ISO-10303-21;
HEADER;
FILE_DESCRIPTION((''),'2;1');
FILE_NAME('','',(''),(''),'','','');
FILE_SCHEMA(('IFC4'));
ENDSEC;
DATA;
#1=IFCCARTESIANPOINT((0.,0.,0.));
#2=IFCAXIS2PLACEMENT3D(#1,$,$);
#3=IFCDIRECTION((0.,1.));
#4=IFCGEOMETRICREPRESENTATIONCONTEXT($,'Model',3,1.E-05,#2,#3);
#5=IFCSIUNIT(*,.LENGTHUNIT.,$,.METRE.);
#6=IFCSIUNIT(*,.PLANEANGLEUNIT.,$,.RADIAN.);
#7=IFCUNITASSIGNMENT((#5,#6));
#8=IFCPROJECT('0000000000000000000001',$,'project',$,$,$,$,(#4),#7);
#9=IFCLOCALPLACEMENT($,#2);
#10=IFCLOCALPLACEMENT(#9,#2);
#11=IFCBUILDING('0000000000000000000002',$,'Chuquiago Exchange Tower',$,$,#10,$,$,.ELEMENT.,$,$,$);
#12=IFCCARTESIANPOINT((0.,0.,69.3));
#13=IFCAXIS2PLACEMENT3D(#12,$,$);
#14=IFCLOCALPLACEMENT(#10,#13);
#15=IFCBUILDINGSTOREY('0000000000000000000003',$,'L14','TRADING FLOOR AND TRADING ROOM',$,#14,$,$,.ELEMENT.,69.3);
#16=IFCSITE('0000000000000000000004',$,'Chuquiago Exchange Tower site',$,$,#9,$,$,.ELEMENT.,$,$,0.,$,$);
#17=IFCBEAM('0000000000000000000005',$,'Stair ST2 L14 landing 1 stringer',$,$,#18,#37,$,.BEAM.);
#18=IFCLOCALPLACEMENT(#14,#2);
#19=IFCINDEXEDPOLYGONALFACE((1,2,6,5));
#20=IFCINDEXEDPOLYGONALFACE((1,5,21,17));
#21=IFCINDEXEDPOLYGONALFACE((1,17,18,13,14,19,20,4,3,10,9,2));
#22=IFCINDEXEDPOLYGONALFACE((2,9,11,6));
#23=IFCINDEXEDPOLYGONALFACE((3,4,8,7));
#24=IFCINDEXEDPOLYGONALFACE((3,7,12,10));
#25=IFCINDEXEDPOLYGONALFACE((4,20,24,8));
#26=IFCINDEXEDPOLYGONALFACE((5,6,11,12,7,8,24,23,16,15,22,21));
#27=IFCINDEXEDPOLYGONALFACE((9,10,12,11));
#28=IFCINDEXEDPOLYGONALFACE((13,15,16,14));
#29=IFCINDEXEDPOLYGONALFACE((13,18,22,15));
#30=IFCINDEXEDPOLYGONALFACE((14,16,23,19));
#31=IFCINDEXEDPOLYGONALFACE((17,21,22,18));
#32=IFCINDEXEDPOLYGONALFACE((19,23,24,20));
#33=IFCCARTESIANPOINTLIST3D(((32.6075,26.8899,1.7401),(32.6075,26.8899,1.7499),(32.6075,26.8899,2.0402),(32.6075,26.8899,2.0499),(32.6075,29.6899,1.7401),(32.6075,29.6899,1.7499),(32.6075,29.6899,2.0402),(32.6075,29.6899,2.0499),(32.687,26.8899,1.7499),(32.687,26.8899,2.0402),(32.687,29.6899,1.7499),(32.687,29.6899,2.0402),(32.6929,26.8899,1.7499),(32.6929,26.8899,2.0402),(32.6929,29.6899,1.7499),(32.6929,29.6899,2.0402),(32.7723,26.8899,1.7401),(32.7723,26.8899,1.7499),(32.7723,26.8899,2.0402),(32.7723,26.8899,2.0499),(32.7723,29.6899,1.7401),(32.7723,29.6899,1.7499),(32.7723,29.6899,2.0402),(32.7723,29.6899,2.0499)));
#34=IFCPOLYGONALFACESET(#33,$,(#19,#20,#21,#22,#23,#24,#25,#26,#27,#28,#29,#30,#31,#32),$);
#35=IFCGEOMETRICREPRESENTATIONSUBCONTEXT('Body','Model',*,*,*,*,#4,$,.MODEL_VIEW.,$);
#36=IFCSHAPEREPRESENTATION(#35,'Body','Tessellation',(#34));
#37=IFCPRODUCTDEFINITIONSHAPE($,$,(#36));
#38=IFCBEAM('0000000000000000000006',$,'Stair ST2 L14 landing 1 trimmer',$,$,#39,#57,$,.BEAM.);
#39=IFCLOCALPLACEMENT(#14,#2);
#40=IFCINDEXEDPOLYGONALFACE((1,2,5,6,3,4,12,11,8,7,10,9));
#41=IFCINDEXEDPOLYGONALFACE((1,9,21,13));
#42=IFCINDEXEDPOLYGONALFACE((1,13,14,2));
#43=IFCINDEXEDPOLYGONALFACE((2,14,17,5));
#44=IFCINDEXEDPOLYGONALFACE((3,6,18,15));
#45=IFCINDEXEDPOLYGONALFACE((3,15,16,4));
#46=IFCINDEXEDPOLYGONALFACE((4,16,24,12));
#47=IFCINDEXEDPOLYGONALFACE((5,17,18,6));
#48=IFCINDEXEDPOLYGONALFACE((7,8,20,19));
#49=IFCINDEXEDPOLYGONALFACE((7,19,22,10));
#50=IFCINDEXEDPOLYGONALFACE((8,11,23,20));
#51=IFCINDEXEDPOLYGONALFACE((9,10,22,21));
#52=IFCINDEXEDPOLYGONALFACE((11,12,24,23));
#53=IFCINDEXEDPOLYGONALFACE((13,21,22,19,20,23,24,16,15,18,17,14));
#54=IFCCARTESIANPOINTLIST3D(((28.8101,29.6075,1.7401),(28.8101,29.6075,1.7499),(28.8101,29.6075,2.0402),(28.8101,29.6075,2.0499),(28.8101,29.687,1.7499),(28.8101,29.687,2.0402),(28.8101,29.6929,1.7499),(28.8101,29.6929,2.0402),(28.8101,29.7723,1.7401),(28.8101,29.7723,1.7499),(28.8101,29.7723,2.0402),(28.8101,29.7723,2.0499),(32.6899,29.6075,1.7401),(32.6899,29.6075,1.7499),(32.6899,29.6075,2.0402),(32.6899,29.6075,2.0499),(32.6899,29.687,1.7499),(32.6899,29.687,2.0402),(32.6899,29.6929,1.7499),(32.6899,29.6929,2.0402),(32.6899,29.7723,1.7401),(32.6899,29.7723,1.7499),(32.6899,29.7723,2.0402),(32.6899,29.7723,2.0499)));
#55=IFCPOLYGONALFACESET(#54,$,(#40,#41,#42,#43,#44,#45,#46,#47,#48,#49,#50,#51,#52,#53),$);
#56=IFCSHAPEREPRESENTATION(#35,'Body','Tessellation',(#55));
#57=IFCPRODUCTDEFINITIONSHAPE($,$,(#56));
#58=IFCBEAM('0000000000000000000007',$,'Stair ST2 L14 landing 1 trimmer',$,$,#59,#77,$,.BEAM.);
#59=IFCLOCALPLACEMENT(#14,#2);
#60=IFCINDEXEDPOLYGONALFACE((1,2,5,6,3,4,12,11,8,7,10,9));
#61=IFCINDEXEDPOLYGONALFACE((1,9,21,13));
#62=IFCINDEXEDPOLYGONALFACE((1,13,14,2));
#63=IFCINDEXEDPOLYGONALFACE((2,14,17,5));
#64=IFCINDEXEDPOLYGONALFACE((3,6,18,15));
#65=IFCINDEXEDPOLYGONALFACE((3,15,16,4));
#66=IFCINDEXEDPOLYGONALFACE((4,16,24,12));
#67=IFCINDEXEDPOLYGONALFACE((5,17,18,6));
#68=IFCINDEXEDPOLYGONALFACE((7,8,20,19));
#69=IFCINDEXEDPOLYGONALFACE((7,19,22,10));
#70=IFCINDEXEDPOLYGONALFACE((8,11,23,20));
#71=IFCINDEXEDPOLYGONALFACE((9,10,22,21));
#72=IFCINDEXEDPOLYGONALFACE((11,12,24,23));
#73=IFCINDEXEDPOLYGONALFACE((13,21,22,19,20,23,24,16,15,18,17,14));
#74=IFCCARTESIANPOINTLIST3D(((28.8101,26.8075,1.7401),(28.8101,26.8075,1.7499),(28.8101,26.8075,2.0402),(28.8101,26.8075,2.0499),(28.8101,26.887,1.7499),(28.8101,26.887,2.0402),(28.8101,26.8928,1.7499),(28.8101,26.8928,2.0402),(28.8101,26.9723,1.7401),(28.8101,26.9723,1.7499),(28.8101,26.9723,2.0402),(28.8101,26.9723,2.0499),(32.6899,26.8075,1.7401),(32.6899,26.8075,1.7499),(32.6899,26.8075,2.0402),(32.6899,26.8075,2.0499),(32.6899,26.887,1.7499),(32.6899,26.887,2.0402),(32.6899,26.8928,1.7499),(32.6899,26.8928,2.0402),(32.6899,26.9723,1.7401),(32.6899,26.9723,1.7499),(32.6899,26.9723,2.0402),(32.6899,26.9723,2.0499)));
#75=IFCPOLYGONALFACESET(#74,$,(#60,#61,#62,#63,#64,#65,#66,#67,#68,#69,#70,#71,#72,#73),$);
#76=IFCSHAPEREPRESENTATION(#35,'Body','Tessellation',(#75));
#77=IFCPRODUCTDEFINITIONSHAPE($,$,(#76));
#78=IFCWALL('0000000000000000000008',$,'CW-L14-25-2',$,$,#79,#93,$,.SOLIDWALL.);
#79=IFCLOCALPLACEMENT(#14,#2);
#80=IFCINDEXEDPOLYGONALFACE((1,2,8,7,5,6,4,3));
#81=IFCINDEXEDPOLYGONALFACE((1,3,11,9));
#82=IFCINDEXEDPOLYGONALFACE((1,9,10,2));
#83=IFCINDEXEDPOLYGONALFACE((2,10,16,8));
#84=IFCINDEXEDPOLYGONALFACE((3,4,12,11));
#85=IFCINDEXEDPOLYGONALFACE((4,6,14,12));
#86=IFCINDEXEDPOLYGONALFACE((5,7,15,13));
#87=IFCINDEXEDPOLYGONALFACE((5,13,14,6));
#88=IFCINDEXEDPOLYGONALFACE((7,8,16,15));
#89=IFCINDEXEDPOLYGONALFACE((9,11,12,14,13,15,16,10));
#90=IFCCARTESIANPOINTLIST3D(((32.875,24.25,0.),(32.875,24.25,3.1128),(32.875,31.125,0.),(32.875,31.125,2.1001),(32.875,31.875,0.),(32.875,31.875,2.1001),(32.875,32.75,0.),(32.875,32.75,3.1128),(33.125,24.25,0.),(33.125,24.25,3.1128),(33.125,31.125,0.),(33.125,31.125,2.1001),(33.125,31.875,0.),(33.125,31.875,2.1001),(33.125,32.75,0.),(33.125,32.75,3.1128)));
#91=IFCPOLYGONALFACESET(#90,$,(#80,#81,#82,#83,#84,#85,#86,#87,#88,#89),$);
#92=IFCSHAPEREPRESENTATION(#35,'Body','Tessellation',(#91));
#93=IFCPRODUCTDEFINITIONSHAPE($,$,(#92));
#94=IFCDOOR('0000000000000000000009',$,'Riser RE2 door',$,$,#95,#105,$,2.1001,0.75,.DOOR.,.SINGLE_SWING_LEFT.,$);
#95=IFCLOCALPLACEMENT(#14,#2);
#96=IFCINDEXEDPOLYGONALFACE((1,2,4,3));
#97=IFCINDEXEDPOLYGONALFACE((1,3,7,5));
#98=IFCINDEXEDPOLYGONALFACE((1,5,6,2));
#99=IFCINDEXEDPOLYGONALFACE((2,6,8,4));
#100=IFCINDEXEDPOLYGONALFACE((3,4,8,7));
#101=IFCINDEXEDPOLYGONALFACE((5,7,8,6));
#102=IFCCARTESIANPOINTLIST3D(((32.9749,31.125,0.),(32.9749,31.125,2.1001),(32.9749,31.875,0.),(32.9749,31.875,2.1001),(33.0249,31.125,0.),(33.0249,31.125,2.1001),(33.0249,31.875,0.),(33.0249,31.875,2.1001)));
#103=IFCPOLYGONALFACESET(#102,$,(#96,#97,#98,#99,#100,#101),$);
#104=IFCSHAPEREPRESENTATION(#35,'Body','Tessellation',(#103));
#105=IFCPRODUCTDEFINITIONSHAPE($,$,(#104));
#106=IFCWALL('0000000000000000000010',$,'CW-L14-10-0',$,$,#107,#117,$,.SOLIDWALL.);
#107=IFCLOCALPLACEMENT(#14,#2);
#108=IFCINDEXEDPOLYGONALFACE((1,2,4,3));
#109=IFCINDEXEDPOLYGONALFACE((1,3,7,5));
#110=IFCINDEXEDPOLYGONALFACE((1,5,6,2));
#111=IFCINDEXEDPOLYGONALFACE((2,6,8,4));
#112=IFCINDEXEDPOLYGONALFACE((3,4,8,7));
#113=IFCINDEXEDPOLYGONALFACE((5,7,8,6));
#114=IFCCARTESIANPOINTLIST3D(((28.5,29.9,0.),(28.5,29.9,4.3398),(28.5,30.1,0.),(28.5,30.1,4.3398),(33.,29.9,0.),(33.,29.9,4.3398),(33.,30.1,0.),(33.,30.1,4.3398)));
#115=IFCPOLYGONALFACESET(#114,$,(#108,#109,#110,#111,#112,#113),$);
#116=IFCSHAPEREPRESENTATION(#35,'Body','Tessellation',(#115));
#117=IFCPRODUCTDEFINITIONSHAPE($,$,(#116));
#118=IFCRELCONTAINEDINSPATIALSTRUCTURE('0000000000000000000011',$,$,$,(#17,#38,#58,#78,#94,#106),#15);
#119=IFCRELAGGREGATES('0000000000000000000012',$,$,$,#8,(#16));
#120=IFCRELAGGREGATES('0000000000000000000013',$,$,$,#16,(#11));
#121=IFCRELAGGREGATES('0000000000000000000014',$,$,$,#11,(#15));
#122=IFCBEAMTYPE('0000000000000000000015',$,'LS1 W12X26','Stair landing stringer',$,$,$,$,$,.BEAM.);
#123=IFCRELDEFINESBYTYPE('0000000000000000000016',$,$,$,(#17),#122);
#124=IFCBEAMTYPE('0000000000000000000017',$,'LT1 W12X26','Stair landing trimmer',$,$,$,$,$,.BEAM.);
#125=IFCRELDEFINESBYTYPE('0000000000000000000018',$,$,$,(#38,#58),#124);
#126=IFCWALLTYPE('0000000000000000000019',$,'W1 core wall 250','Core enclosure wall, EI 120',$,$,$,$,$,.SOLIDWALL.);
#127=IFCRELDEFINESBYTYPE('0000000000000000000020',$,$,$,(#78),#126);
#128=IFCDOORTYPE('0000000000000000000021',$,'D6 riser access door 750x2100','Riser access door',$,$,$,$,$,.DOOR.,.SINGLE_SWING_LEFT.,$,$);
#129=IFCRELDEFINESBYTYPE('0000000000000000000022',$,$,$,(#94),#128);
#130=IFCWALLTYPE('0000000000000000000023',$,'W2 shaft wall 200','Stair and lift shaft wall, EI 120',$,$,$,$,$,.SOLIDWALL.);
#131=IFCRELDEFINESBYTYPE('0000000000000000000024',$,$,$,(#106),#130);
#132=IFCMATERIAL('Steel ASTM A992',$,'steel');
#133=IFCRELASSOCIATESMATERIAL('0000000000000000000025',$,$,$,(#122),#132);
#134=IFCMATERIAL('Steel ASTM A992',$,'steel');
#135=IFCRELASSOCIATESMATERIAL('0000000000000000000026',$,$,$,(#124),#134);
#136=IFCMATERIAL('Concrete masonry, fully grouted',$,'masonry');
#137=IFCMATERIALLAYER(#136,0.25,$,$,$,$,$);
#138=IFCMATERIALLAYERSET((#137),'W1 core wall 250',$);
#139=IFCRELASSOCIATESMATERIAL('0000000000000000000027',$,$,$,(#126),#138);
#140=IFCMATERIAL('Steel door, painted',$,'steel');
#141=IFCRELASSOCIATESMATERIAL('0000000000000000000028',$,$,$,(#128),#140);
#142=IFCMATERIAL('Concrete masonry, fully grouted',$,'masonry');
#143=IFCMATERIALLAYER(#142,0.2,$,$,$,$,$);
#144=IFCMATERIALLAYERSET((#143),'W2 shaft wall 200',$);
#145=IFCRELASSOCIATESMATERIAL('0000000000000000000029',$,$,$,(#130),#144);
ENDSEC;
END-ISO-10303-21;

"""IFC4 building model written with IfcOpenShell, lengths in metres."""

from ifc_helpers import new_model, si_unit, direction, frame, frame_2d, origin, origin_2d, place, context, subcontext, project, spatial, rectangle, i_section, extrude, material, layer, layer_set, material_profile, profile_set, type_object, element, fill, save


model = new_model("IFC4")

# Units and contexts
model_context = context("Model", 3, precision=1e-05, world=origin(), true_north=direction((0.0, 1.0)))
body_context = subcontext(model_context, "Body", "Model", "MODEL_VIEW")
ifc_project = project(units=[si_unit("LENGTHUNIT", "METRE"), si_unit("PLANEANGLEUNIT", "RADIAN")], contexts=[model_context])

# Site, building, storey
site_placement = place(None, origin())
site = spatial("IfcSite", under=ifc_project, at=site_placement, Name="Chuquiago Exchange Tower site", CompositionType="ELEMENT", RefElevation=0.0)
building_placement = place(site_placement, origin())
building = spatial("IfcBuilding", under=site, at=building_placement, Name="Chuquiago Exchange Tower", CompositionType="ELEMENT")
storey_placement = place(building_placement, frame((0.0, 0.0, 69.3)))
storey = spatial("IfcBuildingStorey", under=building, at=storey_placement, Name="L14", Description="TRADING FLOOR AND TRADING ROOM", CompositionType="ELEMENT", Elevation=69.3)

# Beams
ifc_material_1 = material(Name="Steel ASTM A992", Category="steel")
ifc_material_profile_1 = material_profile(ifc_material_1, i_section(OverallWidth=0.1648, OverallDepth=0.3098, WebThickness=0.0059, FlangeThickness=0.0098, at=origin_2d()), Name="W12X26")
ifc_profile_set_1 = profile_set([ifc_material_profile_1], Name="Steel ASTM A992")
beam_type_1 = type_object("IfcBeamType", Name="LS1 W12X26", Description="Stair landing stringer", PredefinedType="BEAM", material=ifc_profile_set_1)
for number, where, z_axis, x_axis, name in (
    (1, (32.6899, 26.8899, 1.895), (0.0, 1.0, 0.0), (-1.0, 0.0, 0.0), "Stair ST2 L14 landing 1 stringer"),
):
    element("IfcBeam", number, at=place(storey_placement, frame(where, z_axis=z_axis, x_axis=x_axis)), inside=storey, type_object=beam_type_1, Name=name, PredefinedType="BEAM", context=body_context, shape_type="SweptSolid", body=[
        extrude(i_section(OverallWidth=0.1648, OverallDepth=0.3098, WebThickness=0.0059, FlangeThickness=0.0098, at=origin_2d()), origin(), (0.0, 0.0, 1.0), 2.8),
    ])
ifc_material_2 = material(Name="Steel ASTM A992", Category="steel")
ifc_material_profile_2 = material_profile(ifc_material_2, i_section(OverallWidth=0.1648, OverallDepth=0.3098, WebThickness=0.0059, FlangeThickness=0.0098, at=origin_2d()), Name="W12X26")
ifc_profile_set_2 = profile_set([ifc_material_profile_2], Name="Steel ASTM A992")
beam_type_2 = type_object("IfcBeamType", Name="LT1 W12X26", Description="Stair landing trimmer", PredefinedType="BEAM", material=ifc_profile_set_2)
for number, where, z_axis, x_axis, name in (
    (2, (28.8101, 29.6899, 1.895), (1.0, 0.0, 0.0), (0.0, 1.0, 0.0), "Stair ST2 L14 landing 1 trimmer"),
    (3, (28.8101, 26.8899, 1.895), (1.0, 0.0, 0.0), (0.0, 1.0, 0.0), "Stair ST2 L14 landing 1 trimmer"),
):
    element("IfcBeam", number, at=place(storey_placement, frame(where, z_axis=z_axis, x_axis=x_axis)), inside=storey, type_object=beam_type_2, Name=name, PredefinedType="BEAM", context=body_context, shape_type="SweptSolid", body=[
        extrude(i_section(OverallWidth=0.1648, OverallDepth=0.3098, WebThickness=0.0059, FlangeThickness=0.0098, at=origin_2d()), origin(), (0.0, 0.0, 1.0), 3.8799),
    ])

# Wall, opening, door
ifc_material_3 = material(Name="Concrete masonry, fully grouted", Category="masonry")
ifc_layer_1 = layer(ifc_material_3, 0.25)
ifc_layer_set_1 = layer_set([ifc_layer_1], Name="W1 core wall 250")
wall_type_1 = type_object("IfcWallType", Name="W1 core wall 250", Description="Core enclosure wall, EI 120", PredefinedType="SOLIDWALL", material=ifc_layer_set_1)
wall_1_placement = place(storey_placement, frame((33.0, 24.25, 0.0), z_axis=(0.0, 0.0, 1.0), x_axis=(0.0, 1.0, 0.0)))
wall_1 = element("IfcWall", 4, at=wall_1_placement, inside=storey, type_object=wall_type_1, Name="CW-L14-25-2", PredefinedType="SOLIDWALL", context=body_context, shape_type="SweptSolid", body=[
    extrude(rectangle(XDim=8.5, YDim=0.25, at=frame_2d((4.25, 0.0))), origin(), (0.0, 0.0, 1.0), 3.1128),
])
opening_placement = place(wall_1_placement, frame((6.875, 0.0, 0.0)))
opening = element("IfcOpeningElement", 5, at=opening_placement, cuts=wall_1, PredefinedType="OPENING", context=body_context, shape_type="SweptSolid", body=[
    extrude(rectangle(XDim=0.75, YDim=2.1001, at=frame_2d((0.375, 1.05))), frame((0.0, 0.135, 0.0), z_axis=(0.0, -1.0, 0.0), x_axis=(1.0, 0.0, 0.0)), (0.0, 0.0, 1.0), 0.27),
])
ifc_material_4 = material(Name="Steel door, painted", Category="steel")
door_type = type_object("IfcDoorType", Name="D6 riser access door 750x2100", Description="Riser access door", OperationType="SINGLE_SWING_LEFT", PredefinedType="DOOR", material=ifc_material_4)
door_placement = place(opening_placement, frame((0.75, 0.0, 0.0), z_axis=(0.0, 0.0, 1.0), x_axis=(-1.0, 0.0, 0.0)))
door = element("IfcDoor", 6, at=door_placement, inside=storey, type_object=door_type, Name="Riser RE2 door", OperationType="SINGLE_SWING_LEFT", OverallHeight=2.1001, OverallWidth=0.75, PredefinedType="DOOR", context=body_context, shape_type="SweptSolid", body=[
    extrude(rectangle(XDim=0.75, YDim=2.1001, at=frame_2d((0.375, 1.05))), frame((0.0, 0.0249, 0.0), z_axis=(0.0, -1.0, 0.0), x_axis=(1.0, 0.0, 0.0)), (0.0, 0.0, 1.0), 0.05),
])
fill(opening, door)

# Wall
ifc_material_5 = material(Name="Concrete masonry, fully grouted", Category="masonry")
ifc_layer_2 = layer(ifc_material_5, 0.2)
ifc_layer_set_2 = layer_set([ifc_layer_2], Name="W2 shaft wall 200")
wall_type_2 = type_object("IfcWallType", Name="W2 shaft wall 200", Description="Stair and lift shaft wall, EI 120", PredefinedType="SOLIDWALL", material=ifc_layer_set_2)
wall_2_placement = place(storey_placement, frame((28.5, 30.0, 0.0), z_axis=(0.0, 0.0, 1.0), x_axis=(1.0, 0.0, 0.0)))
element("IfcWall", 7, at=wall_2_placement, inside=storey, type_object=wall_type_2, Name="CW-L14-10-0", PredefinedType="SOLIDWALL", context=body_context, shape_type="SweptSolid", body=[
    extrude(rectangle(XDim=4.5, YDim=0.2, at=frame_2d((2.25, 0.0))), origin(), (0.0, 0.0, 1.0), 4.3398),
])

save(model, "model.ifc")
